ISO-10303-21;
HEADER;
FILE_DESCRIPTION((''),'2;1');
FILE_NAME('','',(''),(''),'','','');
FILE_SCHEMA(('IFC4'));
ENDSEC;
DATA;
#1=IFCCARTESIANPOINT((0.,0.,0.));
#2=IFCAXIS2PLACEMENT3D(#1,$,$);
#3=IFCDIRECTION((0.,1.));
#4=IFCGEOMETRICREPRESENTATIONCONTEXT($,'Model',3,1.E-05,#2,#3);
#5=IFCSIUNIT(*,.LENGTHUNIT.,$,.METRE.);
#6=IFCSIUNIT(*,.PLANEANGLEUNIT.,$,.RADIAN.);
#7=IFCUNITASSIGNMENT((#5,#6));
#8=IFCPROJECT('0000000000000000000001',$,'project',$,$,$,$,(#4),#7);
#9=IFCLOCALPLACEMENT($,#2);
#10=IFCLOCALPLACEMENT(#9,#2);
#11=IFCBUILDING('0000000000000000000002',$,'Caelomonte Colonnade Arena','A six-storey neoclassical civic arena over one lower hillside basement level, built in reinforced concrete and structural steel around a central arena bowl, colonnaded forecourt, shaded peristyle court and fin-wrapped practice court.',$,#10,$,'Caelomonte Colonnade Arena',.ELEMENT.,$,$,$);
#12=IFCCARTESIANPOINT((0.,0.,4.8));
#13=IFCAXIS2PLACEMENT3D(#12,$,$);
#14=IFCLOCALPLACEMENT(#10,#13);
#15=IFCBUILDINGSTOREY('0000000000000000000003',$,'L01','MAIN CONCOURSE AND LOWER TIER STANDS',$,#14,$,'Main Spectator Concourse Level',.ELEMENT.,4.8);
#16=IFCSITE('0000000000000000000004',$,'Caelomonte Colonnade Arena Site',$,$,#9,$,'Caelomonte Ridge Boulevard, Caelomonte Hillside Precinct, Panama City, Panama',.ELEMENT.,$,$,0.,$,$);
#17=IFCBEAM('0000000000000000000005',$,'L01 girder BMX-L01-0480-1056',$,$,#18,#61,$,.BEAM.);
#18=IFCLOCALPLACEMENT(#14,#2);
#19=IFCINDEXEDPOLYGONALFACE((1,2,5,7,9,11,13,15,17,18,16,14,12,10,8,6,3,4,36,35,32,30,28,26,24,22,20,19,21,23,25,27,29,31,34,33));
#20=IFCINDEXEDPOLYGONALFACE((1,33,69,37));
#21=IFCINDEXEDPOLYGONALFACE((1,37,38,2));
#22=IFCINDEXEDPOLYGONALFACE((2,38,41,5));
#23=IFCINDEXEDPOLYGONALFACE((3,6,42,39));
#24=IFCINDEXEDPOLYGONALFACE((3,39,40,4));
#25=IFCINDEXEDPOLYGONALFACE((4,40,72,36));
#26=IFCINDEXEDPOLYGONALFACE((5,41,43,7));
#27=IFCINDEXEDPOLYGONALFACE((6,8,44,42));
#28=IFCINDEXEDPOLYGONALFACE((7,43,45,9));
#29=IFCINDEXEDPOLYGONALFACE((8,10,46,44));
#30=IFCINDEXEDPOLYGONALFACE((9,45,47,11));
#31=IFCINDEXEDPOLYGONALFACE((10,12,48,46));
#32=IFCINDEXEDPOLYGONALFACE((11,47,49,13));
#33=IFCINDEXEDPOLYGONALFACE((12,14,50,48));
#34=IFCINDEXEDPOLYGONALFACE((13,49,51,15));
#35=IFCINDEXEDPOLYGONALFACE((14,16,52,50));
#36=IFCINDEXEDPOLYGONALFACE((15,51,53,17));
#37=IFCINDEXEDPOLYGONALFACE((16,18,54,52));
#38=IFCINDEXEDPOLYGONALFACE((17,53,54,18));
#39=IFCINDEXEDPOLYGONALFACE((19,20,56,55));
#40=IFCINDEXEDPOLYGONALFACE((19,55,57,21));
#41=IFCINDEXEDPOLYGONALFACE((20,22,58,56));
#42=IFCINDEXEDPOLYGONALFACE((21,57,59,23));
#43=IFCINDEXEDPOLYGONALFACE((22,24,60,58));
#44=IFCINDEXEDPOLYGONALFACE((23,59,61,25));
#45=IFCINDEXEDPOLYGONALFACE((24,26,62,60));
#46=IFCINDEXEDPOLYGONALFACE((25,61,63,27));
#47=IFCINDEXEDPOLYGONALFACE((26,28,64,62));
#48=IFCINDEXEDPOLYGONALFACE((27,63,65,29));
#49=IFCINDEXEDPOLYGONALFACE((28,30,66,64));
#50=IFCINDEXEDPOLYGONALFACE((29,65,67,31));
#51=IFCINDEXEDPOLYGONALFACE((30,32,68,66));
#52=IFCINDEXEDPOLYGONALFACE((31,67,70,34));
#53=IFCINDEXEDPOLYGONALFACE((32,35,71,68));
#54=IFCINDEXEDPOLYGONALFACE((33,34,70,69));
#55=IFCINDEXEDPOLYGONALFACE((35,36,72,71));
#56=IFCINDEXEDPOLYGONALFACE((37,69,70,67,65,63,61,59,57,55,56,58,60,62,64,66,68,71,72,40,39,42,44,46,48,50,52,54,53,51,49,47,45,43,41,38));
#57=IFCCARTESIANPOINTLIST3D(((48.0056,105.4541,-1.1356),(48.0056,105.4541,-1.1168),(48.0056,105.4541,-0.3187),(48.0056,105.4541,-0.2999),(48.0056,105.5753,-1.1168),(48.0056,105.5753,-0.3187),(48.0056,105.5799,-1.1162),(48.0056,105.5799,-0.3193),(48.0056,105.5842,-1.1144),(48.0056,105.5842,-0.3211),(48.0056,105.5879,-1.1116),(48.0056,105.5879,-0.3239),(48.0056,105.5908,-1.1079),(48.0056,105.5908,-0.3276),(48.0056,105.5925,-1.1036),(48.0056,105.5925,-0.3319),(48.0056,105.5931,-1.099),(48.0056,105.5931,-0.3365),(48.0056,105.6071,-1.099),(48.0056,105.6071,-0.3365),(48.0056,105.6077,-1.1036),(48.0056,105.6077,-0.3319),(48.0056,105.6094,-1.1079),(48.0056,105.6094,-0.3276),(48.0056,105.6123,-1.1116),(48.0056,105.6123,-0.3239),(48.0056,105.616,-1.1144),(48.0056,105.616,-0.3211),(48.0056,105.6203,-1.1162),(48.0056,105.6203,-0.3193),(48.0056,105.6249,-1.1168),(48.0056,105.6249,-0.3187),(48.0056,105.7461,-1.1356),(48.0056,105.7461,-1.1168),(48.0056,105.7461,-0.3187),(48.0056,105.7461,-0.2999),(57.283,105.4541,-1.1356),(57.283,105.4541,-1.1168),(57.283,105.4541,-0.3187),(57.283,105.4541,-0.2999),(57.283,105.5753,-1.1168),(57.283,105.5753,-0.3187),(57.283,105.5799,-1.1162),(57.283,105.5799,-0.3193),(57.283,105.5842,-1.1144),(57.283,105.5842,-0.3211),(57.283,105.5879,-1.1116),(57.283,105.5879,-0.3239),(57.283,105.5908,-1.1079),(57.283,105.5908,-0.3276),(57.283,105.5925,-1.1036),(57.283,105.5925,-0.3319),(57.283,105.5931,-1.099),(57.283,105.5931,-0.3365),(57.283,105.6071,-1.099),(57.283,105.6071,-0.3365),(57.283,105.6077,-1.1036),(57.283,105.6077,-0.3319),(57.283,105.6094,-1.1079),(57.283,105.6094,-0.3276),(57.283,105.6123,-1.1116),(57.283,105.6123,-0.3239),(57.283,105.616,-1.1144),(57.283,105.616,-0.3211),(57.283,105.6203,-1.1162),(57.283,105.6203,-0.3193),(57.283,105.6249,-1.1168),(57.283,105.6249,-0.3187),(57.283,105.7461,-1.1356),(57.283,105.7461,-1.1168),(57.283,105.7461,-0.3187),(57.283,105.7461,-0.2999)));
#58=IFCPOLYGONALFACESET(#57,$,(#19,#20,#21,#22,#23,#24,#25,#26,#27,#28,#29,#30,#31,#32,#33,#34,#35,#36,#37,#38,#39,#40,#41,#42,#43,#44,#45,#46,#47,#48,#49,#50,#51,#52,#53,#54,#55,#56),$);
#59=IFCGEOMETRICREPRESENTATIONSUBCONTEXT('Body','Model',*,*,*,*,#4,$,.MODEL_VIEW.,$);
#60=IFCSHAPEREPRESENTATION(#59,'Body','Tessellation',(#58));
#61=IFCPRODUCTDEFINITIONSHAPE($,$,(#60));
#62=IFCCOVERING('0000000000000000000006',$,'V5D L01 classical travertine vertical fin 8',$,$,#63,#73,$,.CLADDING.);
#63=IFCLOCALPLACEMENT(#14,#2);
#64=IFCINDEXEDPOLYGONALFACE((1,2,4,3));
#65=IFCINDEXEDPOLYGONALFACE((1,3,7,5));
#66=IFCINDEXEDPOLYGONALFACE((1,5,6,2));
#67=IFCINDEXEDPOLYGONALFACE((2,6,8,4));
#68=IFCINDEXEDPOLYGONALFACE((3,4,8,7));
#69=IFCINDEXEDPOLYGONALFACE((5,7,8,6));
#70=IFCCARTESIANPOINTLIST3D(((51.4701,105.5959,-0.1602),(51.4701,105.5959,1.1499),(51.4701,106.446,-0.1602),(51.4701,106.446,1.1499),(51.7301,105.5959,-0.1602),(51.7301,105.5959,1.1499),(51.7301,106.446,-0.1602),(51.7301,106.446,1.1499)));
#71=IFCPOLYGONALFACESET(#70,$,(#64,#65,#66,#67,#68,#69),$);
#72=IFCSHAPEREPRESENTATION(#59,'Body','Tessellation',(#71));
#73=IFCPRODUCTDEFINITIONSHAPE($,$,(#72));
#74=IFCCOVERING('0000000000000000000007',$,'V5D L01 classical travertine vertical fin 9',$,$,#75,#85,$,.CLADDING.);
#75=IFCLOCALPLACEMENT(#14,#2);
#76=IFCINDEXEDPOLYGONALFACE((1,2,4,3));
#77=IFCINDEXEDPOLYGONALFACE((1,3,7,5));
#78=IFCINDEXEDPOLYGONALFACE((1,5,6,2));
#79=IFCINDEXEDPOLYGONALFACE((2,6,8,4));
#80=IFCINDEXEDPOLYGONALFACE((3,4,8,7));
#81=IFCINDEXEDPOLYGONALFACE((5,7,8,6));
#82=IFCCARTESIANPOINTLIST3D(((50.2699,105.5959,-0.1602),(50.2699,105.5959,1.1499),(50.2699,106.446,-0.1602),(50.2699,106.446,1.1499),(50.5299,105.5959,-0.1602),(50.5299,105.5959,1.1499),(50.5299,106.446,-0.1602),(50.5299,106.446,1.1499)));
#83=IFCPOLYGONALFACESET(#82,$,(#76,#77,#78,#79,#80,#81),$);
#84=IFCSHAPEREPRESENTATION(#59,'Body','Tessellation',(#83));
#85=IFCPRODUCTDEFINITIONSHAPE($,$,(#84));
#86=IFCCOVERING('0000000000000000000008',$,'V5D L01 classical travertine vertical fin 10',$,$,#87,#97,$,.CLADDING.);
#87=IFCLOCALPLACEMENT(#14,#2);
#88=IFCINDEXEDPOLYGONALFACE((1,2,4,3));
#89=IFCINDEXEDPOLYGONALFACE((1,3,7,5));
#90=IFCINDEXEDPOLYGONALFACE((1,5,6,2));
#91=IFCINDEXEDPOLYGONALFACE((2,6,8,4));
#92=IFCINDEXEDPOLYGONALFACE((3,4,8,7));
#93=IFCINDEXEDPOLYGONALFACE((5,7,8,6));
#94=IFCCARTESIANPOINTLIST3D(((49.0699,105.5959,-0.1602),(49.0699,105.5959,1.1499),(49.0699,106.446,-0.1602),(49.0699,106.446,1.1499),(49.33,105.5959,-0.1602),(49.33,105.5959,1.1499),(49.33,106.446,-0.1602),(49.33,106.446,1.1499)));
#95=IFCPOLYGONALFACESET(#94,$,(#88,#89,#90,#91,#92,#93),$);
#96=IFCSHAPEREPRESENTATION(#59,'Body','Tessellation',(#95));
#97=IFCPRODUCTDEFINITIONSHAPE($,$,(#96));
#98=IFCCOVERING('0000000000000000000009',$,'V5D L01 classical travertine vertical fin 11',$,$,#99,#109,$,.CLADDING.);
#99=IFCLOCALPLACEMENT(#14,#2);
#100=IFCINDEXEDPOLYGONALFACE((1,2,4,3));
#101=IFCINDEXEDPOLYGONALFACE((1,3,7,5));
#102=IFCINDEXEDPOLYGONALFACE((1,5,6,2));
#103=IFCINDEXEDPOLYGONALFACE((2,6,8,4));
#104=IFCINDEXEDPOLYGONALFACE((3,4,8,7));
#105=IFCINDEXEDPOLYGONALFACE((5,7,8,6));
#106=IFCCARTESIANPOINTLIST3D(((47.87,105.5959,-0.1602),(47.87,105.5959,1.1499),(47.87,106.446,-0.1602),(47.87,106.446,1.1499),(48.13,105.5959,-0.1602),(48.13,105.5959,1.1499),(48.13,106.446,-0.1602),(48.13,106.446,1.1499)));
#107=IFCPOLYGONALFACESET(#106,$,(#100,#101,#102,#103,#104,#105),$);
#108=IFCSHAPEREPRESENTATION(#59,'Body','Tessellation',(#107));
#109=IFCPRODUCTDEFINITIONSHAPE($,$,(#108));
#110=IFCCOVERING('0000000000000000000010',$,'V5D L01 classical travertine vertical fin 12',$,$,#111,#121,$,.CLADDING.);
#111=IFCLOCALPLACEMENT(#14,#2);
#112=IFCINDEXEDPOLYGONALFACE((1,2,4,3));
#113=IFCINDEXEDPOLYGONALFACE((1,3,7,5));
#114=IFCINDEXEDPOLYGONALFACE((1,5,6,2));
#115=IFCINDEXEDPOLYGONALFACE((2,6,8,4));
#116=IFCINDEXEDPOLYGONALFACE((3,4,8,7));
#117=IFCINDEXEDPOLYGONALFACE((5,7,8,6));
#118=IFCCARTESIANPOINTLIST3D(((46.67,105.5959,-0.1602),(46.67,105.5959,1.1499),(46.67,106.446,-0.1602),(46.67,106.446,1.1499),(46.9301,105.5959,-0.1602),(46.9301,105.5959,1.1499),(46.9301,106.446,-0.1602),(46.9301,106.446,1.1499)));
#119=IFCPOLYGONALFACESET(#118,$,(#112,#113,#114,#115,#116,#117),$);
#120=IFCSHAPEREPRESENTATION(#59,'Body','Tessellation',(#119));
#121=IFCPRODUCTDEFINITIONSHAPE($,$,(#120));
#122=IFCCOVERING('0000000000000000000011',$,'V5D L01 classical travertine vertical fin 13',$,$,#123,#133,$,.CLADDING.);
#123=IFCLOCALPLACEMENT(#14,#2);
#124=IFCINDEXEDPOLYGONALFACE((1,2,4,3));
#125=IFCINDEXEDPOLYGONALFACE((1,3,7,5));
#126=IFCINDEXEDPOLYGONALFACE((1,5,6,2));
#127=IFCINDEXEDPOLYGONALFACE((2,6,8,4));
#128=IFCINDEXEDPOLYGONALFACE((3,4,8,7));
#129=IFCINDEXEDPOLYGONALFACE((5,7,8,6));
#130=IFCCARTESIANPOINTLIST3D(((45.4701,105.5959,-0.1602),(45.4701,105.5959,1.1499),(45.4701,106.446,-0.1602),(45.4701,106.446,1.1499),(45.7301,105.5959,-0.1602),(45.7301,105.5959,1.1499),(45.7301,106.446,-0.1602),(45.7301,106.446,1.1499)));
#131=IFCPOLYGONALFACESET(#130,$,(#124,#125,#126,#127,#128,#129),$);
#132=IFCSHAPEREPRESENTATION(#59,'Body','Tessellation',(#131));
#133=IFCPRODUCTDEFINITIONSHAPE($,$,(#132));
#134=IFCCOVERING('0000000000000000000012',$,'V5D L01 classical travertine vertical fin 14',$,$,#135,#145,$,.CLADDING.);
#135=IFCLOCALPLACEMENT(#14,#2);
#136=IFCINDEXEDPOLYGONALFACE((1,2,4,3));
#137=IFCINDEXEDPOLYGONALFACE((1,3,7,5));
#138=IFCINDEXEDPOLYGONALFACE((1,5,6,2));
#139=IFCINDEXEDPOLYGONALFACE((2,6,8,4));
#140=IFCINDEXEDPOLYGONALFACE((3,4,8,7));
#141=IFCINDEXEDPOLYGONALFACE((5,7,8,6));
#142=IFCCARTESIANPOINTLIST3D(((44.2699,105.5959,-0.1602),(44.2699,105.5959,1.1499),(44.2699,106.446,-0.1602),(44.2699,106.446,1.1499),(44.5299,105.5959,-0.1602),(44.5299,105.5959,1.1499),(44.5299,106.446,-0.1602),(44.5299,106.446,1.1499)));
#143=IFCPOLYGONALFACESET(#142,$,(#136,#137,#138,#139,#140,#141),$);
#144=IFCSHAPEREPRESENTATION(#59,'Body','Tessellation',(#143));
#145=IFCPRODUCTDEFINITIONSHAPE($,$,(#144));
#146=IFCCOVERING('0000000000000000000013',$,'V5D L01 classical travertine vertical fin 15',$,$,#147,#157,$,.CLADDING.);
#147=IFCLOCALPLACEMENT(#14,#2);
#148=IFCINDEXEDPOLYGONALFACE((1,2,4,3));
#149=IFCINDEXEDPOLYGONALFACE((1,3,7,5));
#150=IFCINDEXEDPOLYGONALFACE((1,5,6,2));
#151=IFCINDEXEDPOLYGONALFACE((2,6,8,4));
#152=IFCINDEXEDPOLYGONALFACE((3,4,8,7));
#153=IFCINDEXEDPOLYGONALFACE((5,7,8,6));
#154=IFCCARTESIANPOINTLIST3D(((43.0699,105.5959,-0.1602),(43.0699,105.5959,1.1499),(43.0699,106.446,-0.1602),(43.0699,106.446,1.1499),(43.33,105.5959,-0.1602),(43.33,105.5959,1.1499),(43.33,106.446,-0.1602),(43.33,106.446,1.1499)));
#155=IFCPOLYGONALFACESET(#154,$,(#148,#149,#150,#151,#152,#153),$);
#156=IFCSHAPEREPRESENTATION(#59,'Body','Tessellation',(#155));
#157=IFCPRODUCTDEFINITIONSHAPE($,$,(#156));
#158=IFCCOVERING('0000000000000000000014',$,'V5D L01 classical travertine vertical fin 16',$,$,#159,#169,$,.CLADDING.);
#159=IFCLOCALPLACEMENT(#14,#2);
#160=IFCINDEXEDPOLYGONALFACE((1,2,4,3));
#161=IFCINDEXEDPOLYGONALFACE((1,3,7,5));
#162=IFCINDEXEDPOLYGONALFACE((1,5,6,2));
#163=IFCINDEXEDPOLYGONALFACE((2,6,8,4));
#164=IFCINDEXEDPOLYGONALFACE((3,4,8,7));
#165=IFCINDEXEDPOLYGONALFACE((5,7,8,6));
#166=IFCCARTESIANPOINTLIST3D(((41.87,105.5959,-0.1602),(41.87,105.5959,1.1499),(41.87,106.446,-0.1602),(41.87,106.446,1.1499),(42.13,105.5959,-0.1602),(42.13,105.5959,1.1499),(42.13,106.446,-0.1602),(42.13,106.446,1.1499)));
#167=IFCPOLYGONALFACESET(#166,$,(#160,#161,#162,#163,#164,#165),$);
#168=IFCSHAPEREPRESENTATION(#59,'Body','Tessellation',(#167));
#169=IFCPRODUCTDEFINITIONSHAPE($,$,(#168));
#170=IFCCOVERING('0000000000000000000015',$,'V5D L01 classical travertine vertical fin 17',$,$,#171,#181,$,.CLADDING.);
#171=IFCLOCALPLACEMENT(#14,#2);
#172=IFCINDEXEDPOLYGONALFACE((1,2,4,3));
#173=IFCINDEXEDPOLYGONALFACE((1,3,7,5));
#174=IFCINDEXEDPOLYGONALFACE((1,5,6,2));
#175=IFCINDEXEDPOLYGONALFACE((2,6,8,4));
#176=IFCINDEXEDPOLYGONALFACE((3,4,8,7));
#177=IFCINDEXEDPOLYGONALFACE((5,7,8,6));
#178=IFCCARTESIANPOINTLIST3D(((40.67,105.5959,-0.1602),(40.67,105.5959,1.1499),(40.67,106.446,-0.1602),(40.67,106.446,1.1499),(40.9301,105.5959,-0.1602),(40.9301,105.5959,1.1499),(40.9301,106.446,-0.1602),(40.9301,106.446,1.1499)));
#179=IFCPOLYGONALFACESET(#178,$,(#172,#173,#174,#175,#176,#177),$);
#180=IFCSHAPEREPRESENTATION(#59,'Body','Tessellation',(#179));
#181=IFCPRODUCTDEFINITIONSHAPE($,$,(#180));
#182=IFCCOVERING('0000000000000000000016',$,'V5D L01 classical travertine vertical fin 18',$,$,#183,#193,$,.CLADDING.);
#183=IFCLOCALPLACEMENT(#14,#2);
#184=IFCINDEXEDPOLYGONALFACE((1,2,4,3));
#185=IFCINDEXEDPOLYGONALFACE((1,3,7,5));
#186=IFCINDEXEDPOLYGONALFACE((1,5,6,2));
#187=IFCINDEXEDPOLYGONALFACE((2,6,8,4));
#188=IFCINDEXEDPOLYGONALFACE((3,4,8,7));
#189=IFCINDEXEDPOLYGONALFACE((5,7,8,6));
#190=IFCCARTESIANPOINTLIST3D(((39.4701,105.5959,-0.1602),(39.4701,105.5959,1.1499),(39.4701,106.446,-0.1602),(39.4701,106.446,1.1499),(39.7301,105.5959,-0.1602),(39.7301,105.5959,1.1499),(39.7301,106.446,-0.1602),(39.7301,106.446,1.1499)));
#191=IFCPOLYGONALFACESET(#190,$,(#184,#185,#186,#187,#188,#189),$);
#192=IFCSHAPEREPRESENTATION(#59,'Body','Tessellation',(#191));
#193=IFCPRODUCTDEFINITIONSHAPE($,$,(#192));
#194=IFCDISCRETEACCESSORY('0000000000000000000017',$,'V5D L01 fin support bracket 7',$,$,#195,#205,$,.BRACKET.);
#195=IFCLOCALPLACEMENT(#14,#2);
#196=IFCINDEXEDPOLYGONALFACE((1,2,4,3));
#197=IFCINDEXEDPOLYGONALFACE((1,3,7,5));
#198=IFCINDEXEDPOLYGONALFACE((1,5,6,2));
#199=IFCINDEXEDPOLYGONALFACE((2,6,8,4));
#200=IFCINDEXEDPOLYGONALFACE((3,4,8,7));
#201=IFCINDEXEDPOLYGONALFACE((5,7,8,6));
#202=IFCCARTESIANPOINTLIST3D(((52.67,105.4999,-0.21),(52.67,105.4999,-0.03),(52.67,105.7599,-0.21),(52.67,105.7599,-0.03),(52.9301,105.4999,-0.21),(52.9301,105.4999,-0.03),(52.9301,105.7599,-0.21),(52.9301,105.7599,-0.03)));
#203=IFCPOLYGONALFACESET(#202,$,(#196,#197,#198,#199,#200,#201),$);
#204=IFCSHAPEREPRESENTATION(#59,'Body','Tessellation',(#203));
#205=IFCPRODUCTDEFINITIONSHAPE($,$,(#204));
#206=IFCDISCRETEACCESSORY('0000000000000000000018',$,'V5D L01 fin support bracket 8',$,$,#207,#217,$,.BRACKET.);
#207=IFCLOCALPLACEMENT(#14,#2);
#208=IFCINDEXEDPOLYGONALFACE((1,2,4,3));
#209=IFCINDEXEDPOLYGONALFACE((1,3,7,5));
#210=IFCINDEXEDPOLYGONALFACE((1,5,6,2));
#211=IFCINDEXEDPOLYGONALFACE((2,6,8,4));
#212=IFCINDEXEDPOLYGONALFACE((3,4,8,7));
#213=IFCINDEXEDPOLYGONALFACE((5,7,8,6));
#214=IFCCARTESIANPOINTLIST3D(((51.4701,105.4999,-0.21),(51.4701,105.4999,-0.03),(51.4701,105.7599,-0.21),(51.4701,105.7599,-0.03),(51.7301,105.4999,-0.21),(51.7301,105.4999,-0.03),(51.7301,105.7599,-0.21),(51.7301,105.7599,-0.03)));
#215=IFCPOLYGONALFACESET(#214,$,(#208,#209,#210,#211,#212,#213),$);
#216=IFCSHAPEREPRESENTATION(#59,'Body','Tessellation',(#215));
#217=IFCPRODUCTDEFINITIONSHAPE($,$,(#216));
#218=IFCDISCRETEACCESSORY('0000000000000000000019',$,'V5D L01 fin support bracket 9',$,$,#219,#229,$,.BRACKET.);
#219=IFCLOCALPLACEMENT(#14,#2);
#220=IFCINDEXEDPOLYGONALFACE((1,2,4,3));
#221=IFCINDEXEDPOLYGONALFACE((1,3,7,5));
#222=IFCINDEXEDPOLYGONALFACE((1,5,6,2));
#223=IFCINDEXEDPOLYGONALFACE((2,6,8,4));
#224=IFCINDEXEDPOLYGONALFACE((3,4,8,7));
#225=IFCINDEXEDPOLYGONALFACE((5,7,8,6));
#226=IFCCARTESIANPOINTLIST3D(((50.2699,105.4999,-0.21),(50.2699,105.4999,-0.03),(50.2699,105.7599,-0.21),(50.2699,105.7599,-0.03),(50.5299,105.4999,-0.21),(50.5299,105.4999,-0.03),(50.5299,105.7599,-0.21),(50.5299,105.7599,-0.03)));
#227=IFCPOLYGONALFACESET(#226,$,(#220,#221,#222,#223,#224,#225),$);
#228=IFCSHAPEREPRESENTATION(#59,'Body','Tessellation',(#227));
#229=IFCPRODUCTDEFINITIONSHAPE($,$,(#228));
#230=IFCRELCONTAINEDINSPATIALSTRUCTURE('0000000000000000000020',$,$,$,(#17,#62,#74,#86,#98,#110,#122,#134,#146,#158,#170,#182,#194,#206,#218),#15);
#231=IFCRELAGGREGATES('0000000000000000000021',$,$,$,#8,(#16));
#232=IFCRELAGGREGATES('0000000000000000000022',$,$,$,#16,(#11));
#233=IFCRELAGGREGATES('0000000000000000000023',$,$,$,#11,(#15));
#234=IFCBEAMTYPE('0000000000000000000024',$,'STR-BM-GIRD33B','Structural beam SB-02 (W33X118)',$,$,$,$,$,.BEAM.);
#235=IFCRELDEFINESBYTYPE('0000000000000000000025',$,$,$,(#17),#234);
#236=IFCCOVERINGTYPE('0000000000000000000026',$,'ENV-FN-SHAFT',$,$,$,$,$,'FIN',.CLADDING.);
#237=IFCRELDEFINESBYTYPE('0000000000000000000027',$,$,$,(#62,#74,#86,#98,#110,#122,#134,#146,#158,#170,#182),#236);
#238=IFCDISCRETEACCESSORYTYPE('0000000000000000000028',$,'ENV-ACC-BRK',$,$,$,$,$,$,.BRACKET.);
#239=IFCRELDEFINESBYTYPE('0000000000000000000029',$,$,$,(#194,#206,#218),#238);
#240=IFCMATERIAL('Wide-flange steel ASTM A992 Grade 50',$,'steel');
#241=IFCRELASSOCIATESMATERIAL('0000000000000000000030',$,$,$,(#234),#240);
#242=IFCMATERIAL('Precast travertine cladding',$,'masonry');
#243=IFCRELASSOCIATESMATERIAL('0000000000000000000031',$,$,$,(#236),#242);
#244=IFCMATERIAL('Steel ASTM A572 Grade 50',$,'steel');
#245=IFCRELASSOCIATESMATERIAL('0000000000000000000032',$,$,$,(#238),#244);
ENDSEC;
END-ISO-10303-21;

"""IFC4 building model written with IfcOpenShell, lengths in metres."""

from ifc_helpers import new_model, si_unit, direction, frame, origin, origin_2d, place, context, subcontext, project, spatial, rectangle, i_section, extrude, material, material_profile, profile_set, type_object, element, save


model = new_model("IFC4")

# Units and contexts
model_context = context("Model", 3, precision=1e-05, world=origin(), true_north=direction((0.0, 1.0)))
body_context = subcontext(model_context, "Body", "Model", "MODEL_VIEW")
ifc_project = project(units=[si_unit("LENGTHUNIT", "METRE"), si_unit("PLANEANGLEUNIT", "RADIAN")], contexts=[model_context])

# Site, building, storey
site_placement = place(None, origin())
site = spatial("IfcSite", under=ifc_project, at=site_placement, Name="Caelomonte Colonnade Arena Site", LongName="Caelomonte Ridge Boulevard, Caelomonte Hillside Precinct, Panama City, Panama", CompositionType="ELEMENT", RefElevation=0.0)
building_placement = place(site_placement, origin())
building = spatial("IfcBuilding", under=site, at=building_placement, Name="Caelomonte Colonnade Arena", Description="A six-storey neoclassical civic arena over one lower hillside basement level, built in reinforced concrete and structural steel around a central arena bowl, colonnaded forecourt, shaded peristyle court and fin-wrapped practice court.", LongName="Caelomonte Colonnade Arena", CompositionType="ELEMENT")
storey_placement = place(building_placement, frame((0.0, 0.0, 4.8)))
storey = spatial("IfcBuildingStorey", under=building, at=storey_placement, Name="L01", Description="MAIN CONCOURSE AND LOWER TIER STANDS", LongName="Main Spectator Concourse Level", CompositionType="ELEMENT", Elevation=4.8)

# Beam
ifc_material_1 = material(Name="Wide-flange steel ASTM A992 Grade 50", Category="steel")
ifc_material_profile_1 = material_profile(ifc_material_1, i_section(OverallWidth=0.292, OverallDepth=0.8357, WebThickness=0.0139, FlangeThickness=0.0188, FilletRadius=0.0178, at=origin_2d()), Name="W33X118")
ifc_profile_set_1 = profile_set([ifc_material_profile_1], Name="Wide-flange steel ASTM A992 Grade 50")
beam_type = type_object("IfcBeamType", Name="STR-BM-GIRD33B", Description="Structural beam SB-02 (W33X118)", PredefinedType="BEAM", material=ifc_profile_set_1)
beam_placement = place(storey_placement, frame((48.0056, 105.6001, -0.7178), z_axis=(1.0, 0.0, 0.0), x_axis=(0.0, 1.0, 0.0)))
element("IfcBeam", 1, at=beam_placement, inside=storey, type_object=beam_type, Name="L01 girder BMX-L01-0480-1056", PredefinedType="BEAM", context=body_context, shape_type="SweptSolid", body=[
    extrude(i_section(OverallWidth=0.292, OverallDepth=0.8357, WebThickness=0.0139, FlangeThickness=0.0188, FilletRadius=0.0178, at=origin_2d()), origin(), (0.0, 0.0, 1.0), 9.2773),
])

# Coverings
ifc_material_2 = material(Name="Precast travertine cladding", Category="masonry")
ifc_material_profile_2 = material_profile(ifc_material_2, rectangle(XDim=0.26, YDim=0.8501, at=origin_2d()), Name="FIN260X850")
ifc_profile_set_2 = profile_set([ifc_material_profile_2], Name="Precast travertine cladding")
covering_type = type_object("IfcCoveringType", Name="ENV-FN-SHAFT", ElementType="FIN", PredefinedType="CLADDING", material=ifc_profile_set_2)
for number, where, z_axis, x_axis, name in (
    (2, (51.6001, 106.021, -0.1602), (0.0, 0.0, 1.0), (1.0, 0.0, 0.0), "V5D L01 classical travertine vertical fin 8"),
    (3, (50.3999, 106.021, -0.1602), (0.0, 0.0, 1.0), (1.0, 0.0, 0.0), "V5D L01 classical travertine vertical fin 9"),
    (4, (49.2, 106.021, -0.1602), (0.0, 0.0, 1.0), (1.0, 0.0, 0.0), "V5D L01 classical travertine vertical fin 10"),
    (5, (48.0, 106.021, -0.1602), (0.0, 0.0, 1.0), (1.0, 0.0, 0.0), "V5D L01 classical travertine vertical fin 11"),
    (6, (46.8, 106.021, -0.1602), (0.0, 0.0, 1.0), (1.0, 0.0, 0.0), "V5D L01 classical travertine vertical fin 12"),
    (7, (45.6001, 106.021, -0.1602), (0.0, 0.0, 1.0), (1.0, 0.0, 0.0), "V5D L01 classical travertine vertical fin 13"),
    (8, (44.3999, 106.021, -0.1602), (0.0, 0.0, 1.0), (1.0, 0.0, 0.0), "V5D L01 classical travertine vertical fin 14"),
    (9, (43.2, 106.021, -0.1602), (0.0, 0.0, 1.0), (1.0, 0.0, 0.0), "V5D L01 classical travertine vertical fin 15"),
    (10, (42.0, 106.021, -0.1602), (0.0, 0.0, 1.0), (1.0, 0.0, 0.0), "V5D L01 classical travertine vertical fin 16"),
    (11, (40.8, 106.021, -0.1602), (0.0, 0.0, 1.0), (1.0, 0.0, 0.0), "V5D L01 classical travertine vertical fin 17"),
    (12, (39.6001, 106.021, -0.1602), (0.0, 0.0, 1.0), (1.0, 0.0, 0.0), "V5D L01 classical travertine vertical fin 18"),
):
    element("IfcCovering", number, at=place(storey_placement, frame(where, z_axis=z_axis, x_axis=x_axis)), inside=storey, type_object=covering_type, Name=name, PredefinedType="CLADDING", context=body_context, shape_type="SweptSolid", body=[
        extrude(rectangle(XDim=0.26, YDim=0.8501, at=origin_2d()), origin(), (0.0, 0.0, 1.0), 1.3101),
    ])

# Discrete accessories
ifc_material_3 = material(Name="Steel ASTM A572 Grade 50", Category="steel")
discrete_accessory_type = type_object("IfcDiscreteAccessoryType", Name="ENV-ACC-BRK", PredefinedType="BRACKET", material=ifc_material_3)
for number, where, z_axis, x_axis, name in (
    (13, (52.8, 105.6299, -0.21), (0.0, 0.0, 1.0), (-1.0, 0.0, 0.0), "V5D L01 fin support bracket 7"),
    (14, (51.6001, 105.6299, -0.21), (0.0, 0.0, 1.0), (-1.0, 0.0, 0.0), "V5D L01 fin support bracket 8"),
    (15, (50.3999, 105.6299, -0.21), (0.0, 0.0, 1.0), (-1.0, 0.0, 0.0), "V5D L01 fin support bracket 9"),
):
    element("IfcDiscreteAccessory", number, at=place(storey_placement, frame(where, z_axis=z_axis, x_axis=x_axis)), inside=storey, type_object=discrete_accessory_type, Name=name, PredefinedType="BRACKET", context=body_context, shape_type="SweptSolid", body=[
        extrude(rectangle(XDim=0.26, YDim=0.26, at=origin_2d()), origin(), (0.0, 0.0, 1.0), 0.1799),
    ])

save(model, "model.ifc")
